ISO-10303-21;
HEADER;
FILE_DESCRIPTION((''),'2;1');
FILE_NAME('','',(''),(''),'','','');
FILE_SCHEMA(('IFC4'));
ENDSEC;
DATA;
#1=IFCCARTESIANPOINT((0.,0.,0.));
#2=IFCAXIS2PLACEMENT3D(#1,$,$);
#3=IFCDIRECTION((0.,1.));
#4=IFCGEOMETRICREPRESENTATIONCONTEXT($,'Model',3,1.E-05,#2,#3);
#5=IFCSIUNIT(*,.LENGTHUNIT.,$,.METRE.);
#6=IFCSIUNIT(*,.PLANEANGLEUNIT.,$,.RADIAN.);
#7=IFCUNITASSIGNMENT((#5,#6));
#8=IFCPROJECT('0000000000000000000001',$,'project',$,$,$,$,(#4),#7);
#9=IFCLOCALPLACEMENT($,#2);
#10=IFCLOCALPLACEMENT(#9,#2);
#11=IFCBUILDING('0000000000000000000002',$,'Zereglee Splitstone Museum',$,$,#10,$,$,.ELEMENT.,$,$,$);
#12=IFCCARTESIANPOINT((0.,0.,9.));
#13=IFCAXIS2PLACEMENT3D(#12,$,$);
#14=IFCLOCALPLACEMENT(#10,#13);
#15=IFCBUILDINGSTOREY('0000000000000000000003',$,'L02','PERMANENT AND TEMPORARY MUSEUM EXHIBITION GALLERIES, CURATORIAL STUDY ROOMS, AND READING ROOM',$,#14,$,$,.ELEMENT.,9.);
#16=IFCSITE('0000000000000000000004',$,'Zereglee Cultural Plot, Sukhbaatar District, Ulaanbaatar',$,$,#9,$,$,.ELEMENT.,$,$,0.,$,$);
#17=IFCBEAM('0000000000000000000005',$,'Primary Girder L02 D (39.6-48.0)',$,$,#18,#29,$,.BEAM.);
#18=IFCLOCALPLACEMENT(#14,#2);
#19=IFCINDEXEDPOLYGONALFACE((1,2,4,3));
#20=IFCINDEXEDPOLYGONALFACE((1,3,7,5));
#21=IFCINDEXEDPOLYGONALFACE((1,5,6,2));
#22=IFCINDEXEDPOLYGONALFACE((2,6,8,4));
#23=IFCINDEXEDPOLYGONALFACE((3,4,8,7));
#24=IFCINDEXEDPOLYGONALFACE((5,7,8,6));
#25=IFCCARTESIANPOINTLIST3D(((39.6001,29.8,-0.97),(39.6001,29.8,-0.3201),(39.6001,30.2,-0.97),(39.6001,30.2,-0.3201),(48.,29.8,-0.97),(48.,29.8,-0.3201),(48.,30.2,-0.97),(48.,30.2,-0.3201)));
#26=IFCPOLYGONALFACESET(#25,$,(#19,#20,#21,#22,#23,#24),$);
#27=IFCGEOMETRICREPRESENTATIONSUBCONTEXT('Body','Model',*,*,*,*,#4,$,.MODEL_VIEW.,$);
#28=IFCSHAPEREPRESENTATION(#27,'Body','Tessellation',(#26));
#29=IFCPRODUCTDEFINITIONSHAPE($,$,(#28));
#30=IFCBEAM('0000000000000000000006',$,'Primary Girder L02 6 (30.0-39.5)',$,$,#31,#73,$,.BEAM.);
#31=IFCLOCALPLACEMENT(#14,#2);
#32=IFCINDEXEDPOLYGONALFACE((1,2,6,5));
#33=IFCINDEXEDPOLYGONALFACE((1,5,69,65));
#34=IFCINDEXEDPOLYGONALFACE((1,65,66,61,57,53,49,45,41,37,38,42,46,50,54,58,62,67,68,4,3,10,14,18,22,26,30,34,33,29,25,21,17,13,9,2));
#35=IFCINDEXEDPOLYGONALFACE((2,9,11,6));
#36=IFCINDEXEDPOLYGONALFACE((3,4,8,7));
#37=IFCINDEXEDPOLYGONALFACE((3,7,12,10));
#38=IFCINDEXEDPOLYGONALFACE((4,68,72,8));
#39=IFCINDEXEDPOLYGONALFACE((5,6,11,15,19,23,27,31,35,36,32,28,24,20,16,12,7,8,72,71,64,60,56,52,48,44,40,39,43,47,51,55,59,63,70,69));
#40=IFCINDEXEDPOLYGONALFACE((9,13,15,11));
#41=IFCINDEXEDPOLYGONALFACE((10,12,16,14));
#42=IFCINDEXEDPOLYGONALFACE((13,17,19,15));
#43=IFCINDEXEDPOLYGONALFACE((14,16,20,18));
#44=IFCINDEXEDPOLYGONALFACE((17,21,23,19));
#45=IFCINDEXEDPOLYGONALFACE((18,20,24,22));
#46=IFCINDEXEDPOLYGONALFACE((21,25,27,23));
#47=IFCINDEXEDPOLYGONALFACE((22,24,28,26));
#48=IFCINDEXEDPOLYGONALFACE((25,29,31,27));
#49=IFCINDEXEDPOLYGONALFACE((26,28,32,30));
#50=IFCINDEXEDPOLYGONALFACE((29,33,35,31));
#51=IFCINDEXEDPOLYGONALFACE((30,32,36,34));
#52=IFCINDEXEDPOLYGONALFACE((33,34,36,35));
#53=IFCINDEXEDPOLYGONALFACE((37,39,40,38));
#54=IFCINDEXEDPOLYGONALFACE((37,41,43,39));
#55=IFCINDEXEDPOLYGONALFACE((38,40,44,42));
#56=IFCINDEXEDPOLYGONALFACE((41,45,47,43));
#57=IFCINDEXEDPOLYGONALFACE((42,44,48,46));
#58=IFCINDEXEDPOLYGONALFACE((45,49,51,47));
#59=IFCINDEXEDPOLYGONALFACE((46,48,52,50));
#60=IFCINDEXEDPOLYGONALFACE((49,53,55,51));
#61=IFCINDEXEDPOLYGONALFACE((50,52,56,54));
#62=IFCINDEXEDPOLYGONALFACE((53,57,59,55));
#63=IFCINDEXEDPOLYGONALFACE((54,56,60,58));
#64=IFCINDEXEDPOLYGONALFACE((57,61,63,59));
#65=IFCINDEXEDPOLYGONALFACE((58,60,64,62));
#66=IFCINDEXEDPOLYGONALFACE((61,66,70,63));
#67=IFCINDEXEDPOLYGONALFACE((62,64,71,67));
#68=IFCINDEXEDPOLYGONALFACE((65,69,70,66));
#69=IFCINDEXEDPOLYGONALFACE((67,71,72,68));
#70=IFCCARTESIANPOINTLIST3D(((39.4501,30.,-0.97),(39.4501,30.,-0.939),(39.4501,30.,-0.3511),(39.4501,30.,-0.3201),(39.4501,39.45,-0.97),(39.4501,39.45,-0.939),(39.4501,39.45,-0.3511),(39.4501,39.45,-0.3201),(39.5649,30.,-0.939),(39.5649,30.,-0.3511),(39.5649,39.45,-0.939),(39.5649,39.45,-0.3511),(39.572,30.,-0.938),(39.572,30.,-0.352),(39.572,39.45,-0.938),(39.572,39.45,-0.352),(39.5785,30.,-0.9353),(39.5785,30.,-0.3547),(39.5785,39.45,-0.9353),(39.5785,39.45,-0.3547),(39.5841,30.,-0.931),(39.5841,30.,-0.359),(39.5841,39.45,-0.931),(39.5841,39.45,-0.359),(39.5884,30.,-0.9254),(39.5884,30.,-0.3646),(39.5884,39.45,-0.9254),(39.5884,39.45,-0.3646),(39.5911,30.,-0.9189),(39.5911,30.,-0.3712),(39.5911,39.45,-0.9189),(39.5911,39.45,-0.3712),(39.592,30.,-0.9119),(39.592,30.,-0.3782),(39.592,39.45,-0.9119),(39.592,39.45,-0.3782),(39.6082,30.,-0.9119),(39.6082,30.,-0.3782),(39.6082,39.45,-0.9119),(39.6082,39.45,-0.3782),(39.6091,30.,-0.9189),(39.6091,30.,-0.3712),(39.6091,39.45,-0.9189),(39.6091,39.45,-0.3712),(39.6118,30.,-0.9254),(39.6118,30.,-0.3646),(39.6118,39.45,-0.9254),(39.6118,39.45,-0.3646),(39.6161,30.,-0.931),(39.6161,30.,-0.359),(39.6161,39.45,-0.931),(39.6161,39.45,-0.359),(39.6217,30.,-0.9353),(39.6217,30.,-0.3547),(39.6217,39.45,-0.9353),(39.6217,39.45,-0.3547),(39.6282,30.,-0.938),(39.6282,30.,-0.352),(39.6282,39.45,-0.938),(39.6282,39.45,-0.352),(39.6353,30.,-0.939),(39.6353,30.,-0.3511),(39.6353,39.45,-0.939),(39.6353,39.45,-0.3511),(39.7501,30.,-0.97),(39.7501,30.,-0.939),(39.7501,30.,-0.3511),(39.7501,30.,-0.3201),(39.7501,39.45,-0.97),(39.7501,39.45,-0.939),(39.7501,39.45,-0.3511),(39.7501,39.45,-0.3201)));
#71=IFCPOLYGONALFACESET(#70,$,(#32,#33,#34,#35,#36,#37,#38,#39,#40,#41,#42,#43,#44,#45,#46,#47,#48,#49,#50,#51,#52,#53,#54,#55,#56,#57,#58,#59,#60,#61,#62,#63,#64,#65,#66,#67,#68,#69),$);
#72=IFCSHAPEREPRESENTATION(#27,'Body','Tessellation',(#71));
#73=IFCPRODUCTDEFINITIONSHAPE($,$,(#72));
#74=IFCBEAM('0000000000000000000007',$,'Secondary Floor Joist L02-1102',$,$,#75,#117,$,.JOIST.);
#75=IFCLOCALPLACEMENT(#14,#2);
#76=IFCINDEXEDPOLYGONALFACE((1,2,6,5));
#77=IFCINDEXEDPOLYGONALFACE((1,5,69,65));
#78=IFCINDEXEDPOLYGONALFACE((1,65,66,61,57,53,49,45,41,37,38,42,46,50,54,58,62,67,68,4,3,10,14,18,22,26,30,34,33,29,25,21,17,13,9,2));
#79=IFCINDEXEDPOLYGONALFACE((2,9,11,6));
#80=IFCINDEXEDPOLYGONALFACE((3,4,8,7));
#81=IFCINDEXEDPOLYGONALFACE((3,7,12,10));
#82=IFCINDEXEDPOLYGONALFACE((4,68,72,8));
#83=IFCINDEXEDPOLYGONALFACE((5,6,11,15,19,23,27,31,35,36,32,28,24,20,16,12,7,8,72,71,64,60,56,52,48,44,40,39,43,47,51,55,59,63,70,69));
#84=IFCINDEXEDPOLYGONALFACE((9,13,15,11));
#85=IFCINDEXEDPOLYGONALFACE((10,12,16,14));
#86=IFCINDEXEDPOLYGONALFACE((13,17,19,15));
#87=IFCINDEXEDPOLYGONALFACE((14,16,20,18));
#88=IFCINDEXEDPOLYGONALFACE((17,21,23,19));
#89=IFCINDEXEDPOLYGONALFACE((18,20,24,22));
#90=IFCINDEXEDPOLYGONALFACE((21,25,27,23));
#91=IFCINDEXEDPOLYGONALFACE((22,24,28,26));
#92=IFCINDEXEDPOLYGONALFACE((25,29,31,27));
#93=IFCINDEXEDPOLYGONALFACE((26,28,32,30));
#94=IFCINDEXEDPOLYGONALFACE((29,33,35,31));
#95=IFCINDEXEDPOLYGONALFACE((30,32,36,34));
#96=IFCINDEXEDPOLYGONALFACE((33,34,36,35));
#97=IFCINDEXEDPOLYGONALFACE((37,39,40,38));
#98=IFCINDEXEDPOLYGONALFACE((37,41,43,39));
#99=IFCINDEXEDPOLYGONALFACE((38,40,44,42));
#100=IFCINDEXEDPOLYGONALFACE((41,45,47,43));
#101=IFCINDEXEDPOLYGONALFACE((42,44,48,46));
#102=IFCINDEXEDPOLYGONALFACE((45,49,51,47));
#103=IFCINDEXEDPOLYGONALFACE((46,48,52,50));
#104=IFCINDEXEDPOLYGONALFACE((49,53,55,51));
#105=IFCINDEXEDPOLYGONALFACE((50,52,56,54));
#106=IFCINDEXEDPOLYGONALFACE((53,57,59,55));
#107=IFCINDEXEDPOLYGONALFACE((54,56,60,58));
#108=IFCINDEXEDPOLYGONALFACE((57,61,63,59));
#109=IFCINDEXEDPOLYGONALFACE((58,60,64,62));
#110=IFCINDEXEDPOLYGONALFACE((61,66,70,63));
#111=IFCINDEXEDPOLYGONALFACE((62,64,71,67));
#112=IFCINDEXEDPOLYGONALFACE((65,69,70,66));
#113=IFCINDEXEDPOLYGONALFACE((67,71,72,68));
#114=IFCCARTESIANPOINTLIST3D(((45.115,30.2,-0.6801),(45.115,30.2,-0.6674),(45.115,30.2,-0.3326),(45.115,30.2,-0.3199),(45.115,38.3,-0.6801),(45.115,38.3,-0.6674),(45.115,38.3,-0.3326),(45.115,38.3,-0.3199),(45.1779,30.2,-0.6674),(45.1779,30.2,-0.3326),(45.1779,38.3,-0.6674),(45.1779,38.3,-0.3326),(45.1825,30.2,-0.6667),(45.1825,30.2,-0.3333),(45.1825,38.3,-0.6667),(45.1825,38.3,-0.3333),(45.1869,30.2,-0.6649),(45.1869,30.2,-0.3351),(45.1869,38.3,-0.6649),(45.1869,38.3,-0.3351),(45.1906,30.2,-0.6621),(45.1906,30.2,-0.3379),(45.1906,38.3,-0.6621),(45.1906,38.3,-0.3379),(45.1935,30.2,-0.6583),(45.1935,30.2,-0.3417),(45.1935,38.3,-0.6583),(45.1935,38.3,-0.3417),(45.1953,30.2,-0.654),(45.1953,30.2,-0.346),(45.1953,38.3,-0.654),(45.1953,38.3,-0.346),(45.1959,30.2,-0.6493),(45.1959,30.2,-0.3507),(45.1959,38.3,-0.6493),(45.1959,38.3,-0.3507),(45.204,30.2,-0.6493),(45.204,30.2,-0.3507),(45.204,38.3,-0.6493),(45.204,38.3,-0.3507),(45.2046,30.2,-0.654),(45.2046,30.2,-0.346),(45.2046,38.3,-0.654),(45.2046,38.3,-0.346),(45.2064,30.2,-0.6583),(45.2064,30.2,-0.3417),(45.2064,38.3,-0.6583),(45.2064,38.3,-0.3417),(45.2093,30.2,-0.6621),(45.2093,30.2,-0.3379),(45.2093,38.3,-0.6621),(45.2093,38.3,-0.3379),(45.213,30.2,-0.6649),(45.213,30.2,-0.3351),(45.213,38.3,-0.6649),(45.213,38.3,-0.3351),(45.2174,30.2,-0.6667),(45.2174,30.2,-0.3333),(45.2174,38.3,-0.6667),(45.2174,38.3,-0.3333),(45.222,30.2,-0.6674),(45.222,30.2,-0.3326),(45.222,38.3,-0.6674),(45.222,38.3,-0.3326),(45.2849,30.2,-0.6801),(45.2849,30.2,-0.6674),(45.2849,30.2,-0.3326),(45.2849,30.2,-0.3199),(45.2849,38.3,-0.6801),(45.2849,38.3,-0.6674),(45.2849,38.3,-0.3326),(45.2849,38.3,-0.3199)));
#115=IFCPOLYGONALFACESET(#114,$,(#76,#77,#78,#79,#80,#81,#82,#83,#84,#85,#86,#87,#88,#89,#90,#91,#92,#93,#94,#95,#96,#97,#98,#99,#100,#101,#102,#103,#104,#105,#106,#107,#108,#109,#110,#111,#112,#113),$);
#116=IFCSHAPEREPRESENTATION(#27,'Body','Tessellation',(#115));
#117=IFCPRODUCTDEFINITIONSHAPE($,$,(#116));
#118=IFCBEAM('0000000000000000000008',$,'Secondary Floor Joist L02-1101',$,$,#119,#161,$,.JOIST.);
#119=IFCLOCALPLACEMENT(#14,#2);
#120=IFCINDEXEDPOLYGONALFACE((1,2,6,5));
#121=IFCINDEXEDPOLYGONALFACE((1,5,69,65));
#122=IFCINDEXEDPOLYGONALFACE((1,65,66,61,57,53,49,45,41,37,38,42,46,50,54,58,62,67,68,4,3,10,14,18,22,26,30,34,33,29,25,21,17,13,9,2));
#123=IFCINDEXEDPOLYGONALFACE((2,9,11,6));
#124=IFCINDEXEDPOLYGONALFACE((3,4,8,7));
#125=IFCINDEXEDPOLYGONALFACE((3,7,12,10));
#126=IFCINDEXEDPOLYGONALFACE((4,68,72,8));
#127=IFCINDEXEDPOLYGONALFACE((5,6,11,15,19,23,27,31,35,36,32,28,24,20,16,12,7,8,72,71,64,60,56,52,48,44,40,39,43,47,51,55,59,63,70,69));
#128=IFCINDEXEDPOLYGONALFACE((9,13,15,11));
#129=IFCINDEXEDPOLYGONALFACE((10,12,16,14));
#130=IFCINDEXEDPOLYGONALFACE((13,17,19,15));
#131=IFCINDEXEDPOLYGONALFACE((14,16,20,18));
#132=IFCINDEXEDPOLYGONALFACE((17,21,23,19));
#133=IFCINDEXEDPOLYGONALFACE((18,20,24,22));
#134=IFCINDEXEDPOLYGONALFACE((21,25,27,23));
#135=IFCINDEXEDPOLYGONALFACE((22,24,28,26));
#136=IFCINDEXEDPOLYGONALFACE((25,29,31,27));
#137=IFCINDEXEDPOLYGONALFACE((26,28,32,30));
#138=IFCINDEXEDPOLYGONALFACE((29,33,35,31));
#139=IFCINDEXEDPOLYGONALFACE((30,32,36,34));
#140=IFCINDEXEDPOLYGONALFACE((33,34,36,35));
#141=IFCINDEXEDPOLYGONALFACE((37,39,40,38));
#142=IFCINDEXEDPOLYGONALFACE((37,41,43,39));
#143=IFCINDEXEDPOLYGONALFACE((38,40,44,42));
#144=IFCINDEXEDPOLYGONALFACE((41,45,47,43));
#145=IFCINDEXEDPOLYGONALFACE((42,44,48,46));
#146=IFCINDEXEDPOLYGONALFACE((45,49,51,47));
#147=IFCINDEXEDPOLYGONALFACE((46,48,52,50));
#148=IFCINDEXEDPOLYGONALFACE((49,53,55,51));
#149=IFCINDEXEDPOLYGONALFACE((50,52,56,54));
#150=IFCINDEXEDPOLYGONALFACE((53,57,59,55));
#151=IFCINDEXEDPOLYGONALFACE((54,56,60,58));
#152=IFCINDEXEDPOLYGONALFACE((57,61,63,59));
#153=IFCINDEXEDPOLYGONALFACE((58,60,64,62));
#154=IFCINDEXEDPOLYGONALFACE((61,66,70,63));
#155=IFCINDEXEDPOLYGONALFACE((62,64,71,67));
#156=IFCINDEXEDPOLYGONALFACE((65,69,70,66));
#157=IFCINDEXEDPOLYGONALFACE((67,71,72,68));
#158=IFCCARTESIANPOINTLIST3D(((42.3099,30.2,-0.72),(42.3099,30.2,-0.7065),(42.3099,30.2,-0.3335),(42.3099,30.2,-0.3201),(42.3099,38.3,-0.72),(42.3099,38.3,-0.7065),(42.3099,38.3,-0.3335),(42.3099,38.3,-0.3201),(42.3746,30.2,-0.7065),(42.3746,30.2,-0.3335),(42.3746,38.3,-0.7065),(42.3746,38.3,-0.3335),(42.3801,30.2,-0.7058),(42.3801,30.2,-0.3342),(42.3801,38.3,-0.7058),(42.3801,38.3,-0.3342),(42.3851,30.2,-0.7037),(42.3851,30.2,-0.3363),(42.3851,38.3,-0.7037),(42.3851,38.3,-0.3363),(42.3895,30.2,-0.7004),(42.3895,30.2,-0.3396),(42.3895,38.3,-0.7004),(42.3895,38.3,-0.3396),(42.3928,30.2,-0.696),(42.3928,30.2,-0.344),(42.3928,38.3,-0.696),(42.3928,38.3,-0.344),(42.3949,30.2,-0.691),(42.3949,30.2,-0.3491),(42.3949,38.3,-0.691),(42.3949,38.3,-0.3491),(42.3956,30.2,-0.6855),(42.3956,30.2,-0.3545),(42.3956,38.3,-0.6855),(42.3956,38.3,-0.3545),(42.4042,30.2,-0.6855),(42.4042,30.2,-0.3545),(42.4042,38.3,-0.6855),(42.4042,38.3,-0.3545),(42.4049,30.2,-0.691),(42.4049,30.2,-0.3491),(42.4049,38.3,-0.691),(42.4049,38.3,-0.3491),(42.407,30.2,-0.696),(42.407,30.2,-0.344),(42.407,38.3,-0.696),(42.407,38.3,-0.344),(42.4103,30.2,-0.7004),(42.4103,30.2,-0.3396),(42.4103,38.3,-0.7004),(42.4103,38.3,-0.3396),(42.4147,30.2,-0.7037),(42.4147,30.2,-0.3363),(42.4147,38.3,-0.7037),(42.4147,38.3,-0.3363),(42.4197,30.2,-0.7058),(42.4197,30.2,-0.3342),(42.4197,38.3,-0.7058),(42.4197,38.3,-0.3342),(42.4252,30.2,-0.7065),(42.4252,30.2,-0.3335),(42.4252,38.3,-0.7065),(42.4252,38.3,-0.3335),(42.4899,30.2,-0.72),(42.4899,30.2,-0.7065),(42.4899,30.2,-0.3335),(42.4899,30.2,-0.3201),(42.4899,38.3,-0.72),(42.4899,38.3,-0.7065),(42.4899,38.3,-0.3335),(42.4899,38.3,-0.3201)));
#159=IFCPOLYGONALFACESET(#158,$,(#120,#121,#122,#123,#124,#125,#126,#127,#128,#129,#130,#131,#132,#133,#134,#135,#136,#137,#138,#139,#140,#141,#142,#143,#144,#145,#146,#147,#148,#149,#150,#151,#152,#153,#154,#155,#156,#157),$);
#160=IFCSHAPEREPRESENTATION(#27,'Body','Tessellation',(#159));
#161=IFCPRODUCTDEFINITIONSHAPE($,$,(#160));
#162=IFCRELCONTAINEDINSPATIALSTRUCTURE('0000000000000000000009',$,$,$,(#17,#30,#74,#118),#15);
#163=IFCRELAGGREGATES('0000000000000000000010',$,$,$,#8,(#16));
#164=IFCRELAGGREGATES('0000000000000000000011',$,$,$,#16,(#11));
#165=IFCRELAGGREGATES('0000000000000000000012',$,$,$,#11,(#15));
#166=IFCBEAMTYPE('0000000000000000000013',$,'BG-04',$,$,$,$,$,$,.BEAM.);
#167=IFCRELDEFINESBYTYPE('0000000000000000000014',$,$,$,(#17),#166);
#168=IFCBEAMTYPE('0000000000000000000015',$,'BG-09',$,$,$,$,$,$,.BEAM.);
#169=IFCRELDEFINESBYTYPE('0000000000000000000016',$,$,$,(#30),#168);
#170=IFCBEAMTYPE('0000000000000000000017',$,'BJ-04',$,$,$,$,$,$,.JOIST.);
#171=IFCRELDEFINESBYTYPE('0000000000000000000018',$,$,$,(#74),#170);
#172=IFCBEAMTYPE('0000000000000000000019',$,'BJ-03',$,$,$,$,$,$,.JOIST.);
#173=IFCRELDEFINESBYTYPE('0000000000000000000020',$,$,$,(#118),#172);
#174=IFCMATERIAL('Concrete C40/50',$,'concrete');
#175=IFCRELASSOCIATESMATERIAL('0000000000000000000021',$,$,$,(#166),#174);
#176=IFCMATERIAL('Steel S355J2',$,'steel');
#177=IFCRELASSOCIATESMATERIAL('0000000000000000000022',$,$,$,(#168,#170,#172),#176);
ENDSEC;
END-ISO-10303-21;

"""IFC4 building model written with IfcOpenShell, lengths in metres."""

from ifc_helpers import new_model, si_unit, direction, frame, origin, origin_2d, place, context, subcontext, project, spatial, rectangle, i_section, extrude, material, material_profile, profile_set, type_object, element, save


model = new_model("IFC4")

# Units and contexts
model_context = context("Model", 3, precision=1e-05, world=origin(), true_north=direction((0.0, 1.0)))
body_context = subcontext(model_context, "Body", "Model", "MODEL_VIEW")
ifc_project = project(units=[si_unit("LENGTHUNIT", "METRE"), si_unit("PLANEANGLEUNIT", "RADIAN")], contexts=[model_context])

# Site, building, storey
site_placement = place(None, origin())
site = spatial("IfcSite", under=ifc_project, at=site_placement, Name="Zereglee Cultural Plot, Sukhbaatar District, Ulaanbaatar", CompositionType="ELEMENT", RefElevation=0.0)
building_placement = place(site_placement, origin())
building = spatial("IfcBuilding", under=site, at=building_placement, Name="Zereglee Splitstone Museum", CompositionType="ELEMENT")
storey_placement = place(building_placement, frame((0.0, 0.0, 9.0)))
storey = spatial("IfcBuildingStorey", under=building, at=storey_placement, Name="L02", Description="PERMANENT AND TEMPORARY MUSEUM EXHIBITION GALLERIES, CURATORIAL STUDY ROOMS, AND READING ROOM", CompositionType="ELEMENT", Elevation=9.0)

# Beams
ifc_material_1 = material(Name="Concrete C40/50", Category="concrete")
ifc_material_profile_1 = material_profile(ifc_material_1, rectangle(XDim=0.3999, YDim=0.6499, at=origin_2d()), Name="RC 400x650")
ifc_profile_set_1 = profile_set([ifc_material_profile_1], Name="Concrete C40/50")
beam_type_1 = type_object("IfcBeamType", Name="BG-04", PredefinedType="BEAM", material=ifc_profile_set_1)
beam_1_placement = place(storey_placement, frame((39.6001, 30.0, -0.645), z_axis=(1.0, 0.0, 0.0), x_axis=(0.0, 1.0, 0.0)))
element("IfcBeam", 1, at=beam_1_placement, inside=storey, type_object=beam_type_1, Name="Primary Girder L02 D (39.6-48.0)", PredefinedType="BEAM", context=body_context, shape_type="SweptSolid", body=[
    extrude(rectangle(XDim=0.3999, YDim=0.6499, at=origin_2d()), origin(), (0.0, 0.0, 1.0), 8.3999),
])
ifc_material_2 = material(Name="Steel S355J2", Category="steel")
ifc_material_profile_2 = material_profile(ifc_material_2, i_section(OverallWidth=0.3, OverallDepth=0.6499, WebThickness=0.0161, FlangeThickness=0.031, FilletRadius=0.0271, at=origin_2d()), Name="HE 650 B")
ifc_profile_set_2 = profile_set([ifc_material_profile_2], Name="Steel S355J2")
beam_type_2 = type_object("IfcBeamType", Name="BG-09", PredefinedType="BEAM", material=ifc_profile_set_2)
beam_2_placement = place(storey_placement, frame((39.6001, 30.0, -0.645), z_axis=(0.0, 1.0, 0.0), x_axis=(-1.0, 0.0, 0.0)))
element("IfcBeam", 2, at=beam_2_placement, inside=storey, type_object=beam_type_2, Name="Primary Girder L02 6 (30.0-39.5)", PredefinedType="BEAM", context=body_context, shape_type="SweptSolid", body=[
    extrude(i_section(OverallWidth=0.3, OverallDepth=0.6499, WebThickness=0.0161, FlangeThickness=0.031, FilletRadius=0.0271, at=origin_2d()), origin(), (0.0, 0.0, 1.0), 9.45),
])
ifc_material_profile_3 = material_profile(ifc_material_2, i_section(OverallWidth=0.1699, OverallDepth=0.3601, WebThickness=0.0081, FlangeThickness=0.0127, FilletRadius=0.0181, at=origin_2d()), Name="IPE 360")
ifc_profile_set_3 = profile_set([ifc_material_profile_3], Name="Steel S355J2")
beam_type_3 = type_object("IfcBeamType", Name="BJ-04", PredefinedType="JOIST", material=ifc_profile_set_3)
beam_3_placement = place(storey_placement, frame((45.2, 30.2, -0.5), z_axis=(0.0, 1.0, 0.0), x_axis=(-1.0, 0.0, 0.0)))
element("IfcBeam", 3, at=beam_3_placement, inside=storey, type_object=beam_type_3, Name="Secondary Floor Joist L02-1102", PredefinedType="JOIST", context=body_context, shape_type="SweptSolid", body=[
    extrude(i_section(OverallWidth=0.1699, OverallDepth=0.3601, WebThickness=0.0081, FlangeThickness=0.0127, FilletRadius=0.0181, at=origin_2d()), origin(), (0.0, 0.0, 1.0), 8.1001),
])
ifc_material_profile_4 = material_profile(ifc_material_2, i_section(OverallWidth=0.1799, OverallDepth=0.3999, WebThickness=0.0085, FlangeThickness=0.0134, FilletRadius=0.021, at=origin_2d()), Name="IPE 400")
ifc_profile_set_4 = profile_set([ifc_material_profile_4], Name="Steel S355J2")
beam_type_4 = type_object("IfcBeamType", Name="BJ-03", PredefinedType="JOIST", material=ifc_profile_set_4)
beam_4_placement = place(storey_placement, frame((42.3999, 30.2, -0.52), z_axis=(0.0, 1.0, 0.0), x_axis=(-1.0, 0.0, 0.0)))
element("IfcBeam", 4, at=beam_4_placement, inside=storey, type_object=beam_type_4, Name="Secondary Floor Joist L02-1101", PredefinedType="JOIST", context=body_context, shape_type="SweptSolid", body=[
    extrude(i_section(OverallWidth=0.1799, OverallDepth=0.3999, WebThickness=0.0085, FlangeThickness=0.0134, FilletRadius=0.021, at=origin_2d()), origin(), (0.0, 0.0, 1.0), 8.1001),
])

save(model, "model.ifc")
